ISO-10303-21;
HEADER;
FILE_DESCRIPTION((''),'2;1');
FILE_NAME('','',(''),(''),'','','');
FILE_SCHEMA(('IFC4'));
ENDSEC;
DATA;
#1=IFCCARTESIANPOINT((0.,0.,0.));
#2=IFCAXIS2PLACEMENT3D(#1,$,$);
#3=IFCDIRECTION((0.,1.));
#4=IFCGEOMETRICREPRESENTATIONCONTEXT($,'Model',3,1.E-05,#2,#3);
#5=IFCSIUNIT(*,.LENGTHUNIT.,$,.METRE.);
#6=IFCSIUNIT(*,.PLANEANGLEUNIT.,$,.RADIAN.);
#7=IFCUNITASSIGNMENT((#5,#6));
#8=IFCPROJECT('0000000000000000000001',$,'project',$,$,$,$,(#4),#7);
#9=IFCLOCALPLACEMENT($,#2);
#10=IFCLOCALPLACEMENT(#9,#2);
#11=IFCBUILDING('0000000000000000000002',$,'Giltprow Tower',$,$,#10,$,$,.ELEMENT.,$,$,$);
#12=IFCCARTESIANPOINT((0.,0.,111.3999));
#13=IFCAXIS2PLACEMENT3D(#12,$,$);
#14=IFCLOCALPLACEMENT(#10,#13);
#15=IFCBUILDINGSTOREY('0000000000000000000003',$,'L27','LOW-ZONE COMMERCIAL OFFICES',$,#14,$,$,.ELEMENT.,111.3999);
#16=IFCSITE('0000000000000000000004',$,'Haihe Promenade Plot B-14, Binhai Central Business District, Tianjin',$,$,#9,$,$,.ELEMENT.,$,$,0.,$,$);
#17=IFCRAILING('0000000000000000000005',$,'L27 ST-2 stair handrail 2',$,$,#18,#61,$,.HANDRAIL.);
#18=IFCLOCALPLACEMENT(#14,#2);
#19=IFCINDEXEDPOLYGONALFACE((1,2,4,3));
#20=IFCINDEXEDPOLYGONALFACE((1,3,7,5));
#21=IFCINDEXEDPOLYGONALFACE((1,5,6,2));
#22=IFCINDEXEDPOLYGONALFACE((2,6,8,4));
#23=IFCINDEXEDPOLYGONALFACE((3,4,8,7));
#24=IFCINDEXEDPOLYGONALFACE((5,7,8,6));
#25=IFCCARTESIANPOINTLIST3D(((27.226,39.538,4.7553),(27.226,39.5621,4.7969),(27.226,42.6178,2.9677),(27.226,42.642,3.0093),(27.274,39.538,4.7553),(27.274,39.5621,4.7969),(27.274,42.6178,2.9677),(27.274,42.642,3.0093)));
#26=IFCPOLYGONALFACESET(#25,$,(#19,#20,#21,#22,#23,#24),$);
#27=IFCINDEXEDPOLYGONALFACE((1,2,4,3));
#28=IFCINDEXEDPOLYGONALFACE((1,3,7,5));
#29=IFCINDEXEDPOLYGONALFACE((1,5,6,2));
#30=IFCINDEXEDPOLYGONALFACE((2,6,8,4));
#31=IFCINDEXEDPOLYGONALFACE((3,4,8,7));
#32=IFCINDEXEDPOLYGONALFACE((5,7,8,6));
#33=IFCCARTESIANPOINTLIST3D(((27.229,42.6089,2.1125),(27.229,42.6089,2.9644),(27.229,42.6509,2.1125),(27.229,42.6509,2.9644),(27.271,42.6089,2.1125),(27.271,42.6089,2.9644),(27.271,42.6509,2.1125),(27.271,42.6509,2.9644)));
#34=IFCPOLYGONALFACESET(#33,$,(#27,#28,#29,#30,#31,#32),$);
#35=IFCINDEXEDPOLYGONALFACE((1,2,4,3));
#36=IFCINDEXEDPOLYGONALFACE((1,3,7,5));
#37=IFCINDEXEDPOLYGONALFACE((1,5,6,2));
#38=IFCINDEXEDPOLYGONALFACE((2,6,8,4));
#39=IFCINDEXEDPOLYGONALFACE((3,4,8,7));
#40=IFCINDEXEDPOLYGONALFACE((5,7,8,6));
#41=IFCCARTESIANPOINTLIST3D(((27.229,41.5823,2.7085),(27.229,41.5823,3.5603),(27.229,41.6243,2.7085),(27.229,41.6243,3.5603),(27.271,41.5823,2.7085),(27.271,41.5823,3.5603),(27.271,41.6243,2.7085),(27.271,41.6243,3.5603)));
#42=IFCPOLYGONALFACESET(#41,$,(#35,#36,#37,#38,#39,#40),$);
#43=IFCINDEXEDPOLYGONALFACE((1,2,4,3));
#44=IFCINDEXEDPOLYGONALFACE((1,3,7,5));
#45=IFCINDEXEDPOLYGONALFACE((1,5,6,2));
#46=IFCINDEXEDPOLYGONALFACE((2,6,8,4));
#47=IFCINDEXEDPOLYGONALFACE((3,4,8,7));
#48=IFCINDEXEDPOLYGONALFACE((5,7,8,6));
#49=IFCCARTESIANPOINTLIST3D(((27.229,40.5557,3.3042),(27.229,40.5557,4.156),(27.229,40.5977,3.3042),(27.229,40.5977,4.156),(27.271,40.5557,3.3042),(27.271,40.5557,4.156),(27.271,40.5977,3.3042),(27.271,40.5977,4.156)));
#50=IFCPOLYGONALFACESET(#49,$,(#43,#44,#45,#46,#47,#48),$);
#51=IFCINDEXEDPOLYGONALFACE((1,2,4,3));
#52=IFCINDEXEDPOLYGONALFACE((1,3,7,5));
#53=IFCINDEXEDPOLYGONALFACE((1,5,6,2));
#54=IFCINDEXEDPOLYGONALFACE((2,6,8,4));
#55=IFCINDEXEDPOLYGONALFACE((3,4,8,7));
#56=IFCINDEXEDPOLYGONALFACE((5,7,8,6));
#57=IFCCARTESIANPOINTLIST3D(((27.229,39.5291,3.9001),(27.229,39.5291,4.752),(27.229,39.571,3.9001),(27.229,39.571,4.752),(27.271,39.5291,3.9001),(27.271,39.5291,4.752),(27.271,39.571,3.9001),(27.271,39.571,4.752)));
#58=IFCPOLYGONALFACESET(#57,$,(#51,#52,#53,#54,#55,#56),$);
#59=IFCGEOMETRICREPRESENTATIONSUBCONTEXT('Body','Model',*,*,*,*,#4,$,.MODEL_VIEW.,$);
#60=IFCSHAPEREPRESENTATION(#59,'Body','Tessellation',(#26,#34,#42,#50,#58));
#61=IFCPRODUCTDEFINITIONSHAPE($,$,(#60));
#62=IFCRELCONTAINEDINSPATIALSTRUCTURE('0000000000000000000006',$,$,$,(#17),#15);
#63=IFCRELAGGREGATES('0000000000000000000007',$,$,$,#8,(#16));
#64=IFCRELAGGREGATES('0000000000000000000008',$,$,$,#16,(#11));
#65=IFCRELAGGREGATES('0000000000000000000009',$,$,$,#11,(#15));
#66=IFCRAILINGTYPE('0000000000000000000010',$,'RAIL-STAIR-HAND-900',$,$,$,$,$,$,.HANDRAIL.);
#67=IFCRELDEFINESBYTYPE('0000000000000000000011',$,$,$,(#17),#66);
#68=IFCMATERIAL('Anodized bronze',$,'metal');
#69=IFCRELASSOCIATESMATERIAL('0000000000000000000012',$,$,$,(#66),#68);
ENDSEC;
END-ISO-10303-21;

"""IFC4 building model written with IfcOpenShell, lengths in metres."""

from ifc_helpers import new_model, si_unit, direction, frame, origin, origin_2d, place, context, subcontext, project, spatial, rectangle, extrude, material, type_object, element, save


model = new_model("IFC4")

# Units and contexts
model_context = context("Model", 3, precision=1e-05, world=origin(), true_north=direction((0.0, 1.0)))
body_context = subcontext(model_context, "Body", "Model", "MODEL_VIEW")
ifc_project = project(units=[si_unit("LENGTHUNIT", "METRE"), si_unit("PLANEANGLEUNIT", "RADIAN")], contexts=[model_context])

# Site, building, storey
site_placement = place(None, origin())
site = spatial("IfcSite", under=ifc_project, at=site_placement, Name="Haihe Promenade Plot B-14, Binhai Central Business District, Tianjin", CompositionType="ELEMENT", RefElevation=0.0)
building_placement = place(site_placement, origin())
building = spatial("IfcBuilding", under=site, at=building_placement, Name="Giltprow Tower", CompositionType="ELEMENT")
storey_placement = place(building_placement, frame((0.0, 0.0, 111.3999)))
storey = spatial("IfcBuildingStorey", under=building, at=storey_placement, Name="L27", Description="LOW-ZONE COMMERCIAL OFFICES", CompositionType="ELEMENT", Elevation=111.3999)

# Railing
ifc_material_1 = material(Name="Anodized bronze", Category="metal")
railing_type_1 = type_object("IfcRailingType", Name="RAIL-STAIR-HAND-900", PredefinedType="HANDRAIL", material=ifc_material_1)
railing_1_placement = place(storey_placement, frame((27.25, 42.6299, 2.1125)))
element("IfcRailing", 1, at=railing_1_placement, inside=storey, type_object=railing_type_1, Name="L27 ST-2 stair handrail 2", PredefinedType="HANDRAIL", context=body_context, shape_type="SweptSolid", body=[
    extrude(rectangle(XDim=0.0481, YDim=0.0481, at=origin_2d()), frame((0.0, 0.0, 0.876), z_axis=(0.0, -0.864873, 0.50199), x_axis=(1.0, 0.0, 0.0)), (0.0, 0.0, 1.0), 3.561),
    extrude(rectangle(XDim=0.042, YDim=0.042, at=origin_2d()), origin(), (0.0, 0.0, 1.0), 0.8518),
    extrude(rectangle(XDim=0.042, YDim=0.042, at=origin_2d()), frame((0.0, -1.0266, 0.5959)), (0.0, 0.0, 1.0), 0.8518),
    extrude(rectangle(XDim=0.042, YDim=0.042, at=origin_2d()), frame((0.0, -2.0532, 1.1917)), (0.0, 0.0, 1.0), 0.8518),
    extrude(rectangle(XDim=0.042, YDim=0.042, at=origin_2d()), frame((0.0, -3.0798, 1.7876)), (0.0, 0.0, 1.0), 0.8518),
])

save(model, "model.ifc")
